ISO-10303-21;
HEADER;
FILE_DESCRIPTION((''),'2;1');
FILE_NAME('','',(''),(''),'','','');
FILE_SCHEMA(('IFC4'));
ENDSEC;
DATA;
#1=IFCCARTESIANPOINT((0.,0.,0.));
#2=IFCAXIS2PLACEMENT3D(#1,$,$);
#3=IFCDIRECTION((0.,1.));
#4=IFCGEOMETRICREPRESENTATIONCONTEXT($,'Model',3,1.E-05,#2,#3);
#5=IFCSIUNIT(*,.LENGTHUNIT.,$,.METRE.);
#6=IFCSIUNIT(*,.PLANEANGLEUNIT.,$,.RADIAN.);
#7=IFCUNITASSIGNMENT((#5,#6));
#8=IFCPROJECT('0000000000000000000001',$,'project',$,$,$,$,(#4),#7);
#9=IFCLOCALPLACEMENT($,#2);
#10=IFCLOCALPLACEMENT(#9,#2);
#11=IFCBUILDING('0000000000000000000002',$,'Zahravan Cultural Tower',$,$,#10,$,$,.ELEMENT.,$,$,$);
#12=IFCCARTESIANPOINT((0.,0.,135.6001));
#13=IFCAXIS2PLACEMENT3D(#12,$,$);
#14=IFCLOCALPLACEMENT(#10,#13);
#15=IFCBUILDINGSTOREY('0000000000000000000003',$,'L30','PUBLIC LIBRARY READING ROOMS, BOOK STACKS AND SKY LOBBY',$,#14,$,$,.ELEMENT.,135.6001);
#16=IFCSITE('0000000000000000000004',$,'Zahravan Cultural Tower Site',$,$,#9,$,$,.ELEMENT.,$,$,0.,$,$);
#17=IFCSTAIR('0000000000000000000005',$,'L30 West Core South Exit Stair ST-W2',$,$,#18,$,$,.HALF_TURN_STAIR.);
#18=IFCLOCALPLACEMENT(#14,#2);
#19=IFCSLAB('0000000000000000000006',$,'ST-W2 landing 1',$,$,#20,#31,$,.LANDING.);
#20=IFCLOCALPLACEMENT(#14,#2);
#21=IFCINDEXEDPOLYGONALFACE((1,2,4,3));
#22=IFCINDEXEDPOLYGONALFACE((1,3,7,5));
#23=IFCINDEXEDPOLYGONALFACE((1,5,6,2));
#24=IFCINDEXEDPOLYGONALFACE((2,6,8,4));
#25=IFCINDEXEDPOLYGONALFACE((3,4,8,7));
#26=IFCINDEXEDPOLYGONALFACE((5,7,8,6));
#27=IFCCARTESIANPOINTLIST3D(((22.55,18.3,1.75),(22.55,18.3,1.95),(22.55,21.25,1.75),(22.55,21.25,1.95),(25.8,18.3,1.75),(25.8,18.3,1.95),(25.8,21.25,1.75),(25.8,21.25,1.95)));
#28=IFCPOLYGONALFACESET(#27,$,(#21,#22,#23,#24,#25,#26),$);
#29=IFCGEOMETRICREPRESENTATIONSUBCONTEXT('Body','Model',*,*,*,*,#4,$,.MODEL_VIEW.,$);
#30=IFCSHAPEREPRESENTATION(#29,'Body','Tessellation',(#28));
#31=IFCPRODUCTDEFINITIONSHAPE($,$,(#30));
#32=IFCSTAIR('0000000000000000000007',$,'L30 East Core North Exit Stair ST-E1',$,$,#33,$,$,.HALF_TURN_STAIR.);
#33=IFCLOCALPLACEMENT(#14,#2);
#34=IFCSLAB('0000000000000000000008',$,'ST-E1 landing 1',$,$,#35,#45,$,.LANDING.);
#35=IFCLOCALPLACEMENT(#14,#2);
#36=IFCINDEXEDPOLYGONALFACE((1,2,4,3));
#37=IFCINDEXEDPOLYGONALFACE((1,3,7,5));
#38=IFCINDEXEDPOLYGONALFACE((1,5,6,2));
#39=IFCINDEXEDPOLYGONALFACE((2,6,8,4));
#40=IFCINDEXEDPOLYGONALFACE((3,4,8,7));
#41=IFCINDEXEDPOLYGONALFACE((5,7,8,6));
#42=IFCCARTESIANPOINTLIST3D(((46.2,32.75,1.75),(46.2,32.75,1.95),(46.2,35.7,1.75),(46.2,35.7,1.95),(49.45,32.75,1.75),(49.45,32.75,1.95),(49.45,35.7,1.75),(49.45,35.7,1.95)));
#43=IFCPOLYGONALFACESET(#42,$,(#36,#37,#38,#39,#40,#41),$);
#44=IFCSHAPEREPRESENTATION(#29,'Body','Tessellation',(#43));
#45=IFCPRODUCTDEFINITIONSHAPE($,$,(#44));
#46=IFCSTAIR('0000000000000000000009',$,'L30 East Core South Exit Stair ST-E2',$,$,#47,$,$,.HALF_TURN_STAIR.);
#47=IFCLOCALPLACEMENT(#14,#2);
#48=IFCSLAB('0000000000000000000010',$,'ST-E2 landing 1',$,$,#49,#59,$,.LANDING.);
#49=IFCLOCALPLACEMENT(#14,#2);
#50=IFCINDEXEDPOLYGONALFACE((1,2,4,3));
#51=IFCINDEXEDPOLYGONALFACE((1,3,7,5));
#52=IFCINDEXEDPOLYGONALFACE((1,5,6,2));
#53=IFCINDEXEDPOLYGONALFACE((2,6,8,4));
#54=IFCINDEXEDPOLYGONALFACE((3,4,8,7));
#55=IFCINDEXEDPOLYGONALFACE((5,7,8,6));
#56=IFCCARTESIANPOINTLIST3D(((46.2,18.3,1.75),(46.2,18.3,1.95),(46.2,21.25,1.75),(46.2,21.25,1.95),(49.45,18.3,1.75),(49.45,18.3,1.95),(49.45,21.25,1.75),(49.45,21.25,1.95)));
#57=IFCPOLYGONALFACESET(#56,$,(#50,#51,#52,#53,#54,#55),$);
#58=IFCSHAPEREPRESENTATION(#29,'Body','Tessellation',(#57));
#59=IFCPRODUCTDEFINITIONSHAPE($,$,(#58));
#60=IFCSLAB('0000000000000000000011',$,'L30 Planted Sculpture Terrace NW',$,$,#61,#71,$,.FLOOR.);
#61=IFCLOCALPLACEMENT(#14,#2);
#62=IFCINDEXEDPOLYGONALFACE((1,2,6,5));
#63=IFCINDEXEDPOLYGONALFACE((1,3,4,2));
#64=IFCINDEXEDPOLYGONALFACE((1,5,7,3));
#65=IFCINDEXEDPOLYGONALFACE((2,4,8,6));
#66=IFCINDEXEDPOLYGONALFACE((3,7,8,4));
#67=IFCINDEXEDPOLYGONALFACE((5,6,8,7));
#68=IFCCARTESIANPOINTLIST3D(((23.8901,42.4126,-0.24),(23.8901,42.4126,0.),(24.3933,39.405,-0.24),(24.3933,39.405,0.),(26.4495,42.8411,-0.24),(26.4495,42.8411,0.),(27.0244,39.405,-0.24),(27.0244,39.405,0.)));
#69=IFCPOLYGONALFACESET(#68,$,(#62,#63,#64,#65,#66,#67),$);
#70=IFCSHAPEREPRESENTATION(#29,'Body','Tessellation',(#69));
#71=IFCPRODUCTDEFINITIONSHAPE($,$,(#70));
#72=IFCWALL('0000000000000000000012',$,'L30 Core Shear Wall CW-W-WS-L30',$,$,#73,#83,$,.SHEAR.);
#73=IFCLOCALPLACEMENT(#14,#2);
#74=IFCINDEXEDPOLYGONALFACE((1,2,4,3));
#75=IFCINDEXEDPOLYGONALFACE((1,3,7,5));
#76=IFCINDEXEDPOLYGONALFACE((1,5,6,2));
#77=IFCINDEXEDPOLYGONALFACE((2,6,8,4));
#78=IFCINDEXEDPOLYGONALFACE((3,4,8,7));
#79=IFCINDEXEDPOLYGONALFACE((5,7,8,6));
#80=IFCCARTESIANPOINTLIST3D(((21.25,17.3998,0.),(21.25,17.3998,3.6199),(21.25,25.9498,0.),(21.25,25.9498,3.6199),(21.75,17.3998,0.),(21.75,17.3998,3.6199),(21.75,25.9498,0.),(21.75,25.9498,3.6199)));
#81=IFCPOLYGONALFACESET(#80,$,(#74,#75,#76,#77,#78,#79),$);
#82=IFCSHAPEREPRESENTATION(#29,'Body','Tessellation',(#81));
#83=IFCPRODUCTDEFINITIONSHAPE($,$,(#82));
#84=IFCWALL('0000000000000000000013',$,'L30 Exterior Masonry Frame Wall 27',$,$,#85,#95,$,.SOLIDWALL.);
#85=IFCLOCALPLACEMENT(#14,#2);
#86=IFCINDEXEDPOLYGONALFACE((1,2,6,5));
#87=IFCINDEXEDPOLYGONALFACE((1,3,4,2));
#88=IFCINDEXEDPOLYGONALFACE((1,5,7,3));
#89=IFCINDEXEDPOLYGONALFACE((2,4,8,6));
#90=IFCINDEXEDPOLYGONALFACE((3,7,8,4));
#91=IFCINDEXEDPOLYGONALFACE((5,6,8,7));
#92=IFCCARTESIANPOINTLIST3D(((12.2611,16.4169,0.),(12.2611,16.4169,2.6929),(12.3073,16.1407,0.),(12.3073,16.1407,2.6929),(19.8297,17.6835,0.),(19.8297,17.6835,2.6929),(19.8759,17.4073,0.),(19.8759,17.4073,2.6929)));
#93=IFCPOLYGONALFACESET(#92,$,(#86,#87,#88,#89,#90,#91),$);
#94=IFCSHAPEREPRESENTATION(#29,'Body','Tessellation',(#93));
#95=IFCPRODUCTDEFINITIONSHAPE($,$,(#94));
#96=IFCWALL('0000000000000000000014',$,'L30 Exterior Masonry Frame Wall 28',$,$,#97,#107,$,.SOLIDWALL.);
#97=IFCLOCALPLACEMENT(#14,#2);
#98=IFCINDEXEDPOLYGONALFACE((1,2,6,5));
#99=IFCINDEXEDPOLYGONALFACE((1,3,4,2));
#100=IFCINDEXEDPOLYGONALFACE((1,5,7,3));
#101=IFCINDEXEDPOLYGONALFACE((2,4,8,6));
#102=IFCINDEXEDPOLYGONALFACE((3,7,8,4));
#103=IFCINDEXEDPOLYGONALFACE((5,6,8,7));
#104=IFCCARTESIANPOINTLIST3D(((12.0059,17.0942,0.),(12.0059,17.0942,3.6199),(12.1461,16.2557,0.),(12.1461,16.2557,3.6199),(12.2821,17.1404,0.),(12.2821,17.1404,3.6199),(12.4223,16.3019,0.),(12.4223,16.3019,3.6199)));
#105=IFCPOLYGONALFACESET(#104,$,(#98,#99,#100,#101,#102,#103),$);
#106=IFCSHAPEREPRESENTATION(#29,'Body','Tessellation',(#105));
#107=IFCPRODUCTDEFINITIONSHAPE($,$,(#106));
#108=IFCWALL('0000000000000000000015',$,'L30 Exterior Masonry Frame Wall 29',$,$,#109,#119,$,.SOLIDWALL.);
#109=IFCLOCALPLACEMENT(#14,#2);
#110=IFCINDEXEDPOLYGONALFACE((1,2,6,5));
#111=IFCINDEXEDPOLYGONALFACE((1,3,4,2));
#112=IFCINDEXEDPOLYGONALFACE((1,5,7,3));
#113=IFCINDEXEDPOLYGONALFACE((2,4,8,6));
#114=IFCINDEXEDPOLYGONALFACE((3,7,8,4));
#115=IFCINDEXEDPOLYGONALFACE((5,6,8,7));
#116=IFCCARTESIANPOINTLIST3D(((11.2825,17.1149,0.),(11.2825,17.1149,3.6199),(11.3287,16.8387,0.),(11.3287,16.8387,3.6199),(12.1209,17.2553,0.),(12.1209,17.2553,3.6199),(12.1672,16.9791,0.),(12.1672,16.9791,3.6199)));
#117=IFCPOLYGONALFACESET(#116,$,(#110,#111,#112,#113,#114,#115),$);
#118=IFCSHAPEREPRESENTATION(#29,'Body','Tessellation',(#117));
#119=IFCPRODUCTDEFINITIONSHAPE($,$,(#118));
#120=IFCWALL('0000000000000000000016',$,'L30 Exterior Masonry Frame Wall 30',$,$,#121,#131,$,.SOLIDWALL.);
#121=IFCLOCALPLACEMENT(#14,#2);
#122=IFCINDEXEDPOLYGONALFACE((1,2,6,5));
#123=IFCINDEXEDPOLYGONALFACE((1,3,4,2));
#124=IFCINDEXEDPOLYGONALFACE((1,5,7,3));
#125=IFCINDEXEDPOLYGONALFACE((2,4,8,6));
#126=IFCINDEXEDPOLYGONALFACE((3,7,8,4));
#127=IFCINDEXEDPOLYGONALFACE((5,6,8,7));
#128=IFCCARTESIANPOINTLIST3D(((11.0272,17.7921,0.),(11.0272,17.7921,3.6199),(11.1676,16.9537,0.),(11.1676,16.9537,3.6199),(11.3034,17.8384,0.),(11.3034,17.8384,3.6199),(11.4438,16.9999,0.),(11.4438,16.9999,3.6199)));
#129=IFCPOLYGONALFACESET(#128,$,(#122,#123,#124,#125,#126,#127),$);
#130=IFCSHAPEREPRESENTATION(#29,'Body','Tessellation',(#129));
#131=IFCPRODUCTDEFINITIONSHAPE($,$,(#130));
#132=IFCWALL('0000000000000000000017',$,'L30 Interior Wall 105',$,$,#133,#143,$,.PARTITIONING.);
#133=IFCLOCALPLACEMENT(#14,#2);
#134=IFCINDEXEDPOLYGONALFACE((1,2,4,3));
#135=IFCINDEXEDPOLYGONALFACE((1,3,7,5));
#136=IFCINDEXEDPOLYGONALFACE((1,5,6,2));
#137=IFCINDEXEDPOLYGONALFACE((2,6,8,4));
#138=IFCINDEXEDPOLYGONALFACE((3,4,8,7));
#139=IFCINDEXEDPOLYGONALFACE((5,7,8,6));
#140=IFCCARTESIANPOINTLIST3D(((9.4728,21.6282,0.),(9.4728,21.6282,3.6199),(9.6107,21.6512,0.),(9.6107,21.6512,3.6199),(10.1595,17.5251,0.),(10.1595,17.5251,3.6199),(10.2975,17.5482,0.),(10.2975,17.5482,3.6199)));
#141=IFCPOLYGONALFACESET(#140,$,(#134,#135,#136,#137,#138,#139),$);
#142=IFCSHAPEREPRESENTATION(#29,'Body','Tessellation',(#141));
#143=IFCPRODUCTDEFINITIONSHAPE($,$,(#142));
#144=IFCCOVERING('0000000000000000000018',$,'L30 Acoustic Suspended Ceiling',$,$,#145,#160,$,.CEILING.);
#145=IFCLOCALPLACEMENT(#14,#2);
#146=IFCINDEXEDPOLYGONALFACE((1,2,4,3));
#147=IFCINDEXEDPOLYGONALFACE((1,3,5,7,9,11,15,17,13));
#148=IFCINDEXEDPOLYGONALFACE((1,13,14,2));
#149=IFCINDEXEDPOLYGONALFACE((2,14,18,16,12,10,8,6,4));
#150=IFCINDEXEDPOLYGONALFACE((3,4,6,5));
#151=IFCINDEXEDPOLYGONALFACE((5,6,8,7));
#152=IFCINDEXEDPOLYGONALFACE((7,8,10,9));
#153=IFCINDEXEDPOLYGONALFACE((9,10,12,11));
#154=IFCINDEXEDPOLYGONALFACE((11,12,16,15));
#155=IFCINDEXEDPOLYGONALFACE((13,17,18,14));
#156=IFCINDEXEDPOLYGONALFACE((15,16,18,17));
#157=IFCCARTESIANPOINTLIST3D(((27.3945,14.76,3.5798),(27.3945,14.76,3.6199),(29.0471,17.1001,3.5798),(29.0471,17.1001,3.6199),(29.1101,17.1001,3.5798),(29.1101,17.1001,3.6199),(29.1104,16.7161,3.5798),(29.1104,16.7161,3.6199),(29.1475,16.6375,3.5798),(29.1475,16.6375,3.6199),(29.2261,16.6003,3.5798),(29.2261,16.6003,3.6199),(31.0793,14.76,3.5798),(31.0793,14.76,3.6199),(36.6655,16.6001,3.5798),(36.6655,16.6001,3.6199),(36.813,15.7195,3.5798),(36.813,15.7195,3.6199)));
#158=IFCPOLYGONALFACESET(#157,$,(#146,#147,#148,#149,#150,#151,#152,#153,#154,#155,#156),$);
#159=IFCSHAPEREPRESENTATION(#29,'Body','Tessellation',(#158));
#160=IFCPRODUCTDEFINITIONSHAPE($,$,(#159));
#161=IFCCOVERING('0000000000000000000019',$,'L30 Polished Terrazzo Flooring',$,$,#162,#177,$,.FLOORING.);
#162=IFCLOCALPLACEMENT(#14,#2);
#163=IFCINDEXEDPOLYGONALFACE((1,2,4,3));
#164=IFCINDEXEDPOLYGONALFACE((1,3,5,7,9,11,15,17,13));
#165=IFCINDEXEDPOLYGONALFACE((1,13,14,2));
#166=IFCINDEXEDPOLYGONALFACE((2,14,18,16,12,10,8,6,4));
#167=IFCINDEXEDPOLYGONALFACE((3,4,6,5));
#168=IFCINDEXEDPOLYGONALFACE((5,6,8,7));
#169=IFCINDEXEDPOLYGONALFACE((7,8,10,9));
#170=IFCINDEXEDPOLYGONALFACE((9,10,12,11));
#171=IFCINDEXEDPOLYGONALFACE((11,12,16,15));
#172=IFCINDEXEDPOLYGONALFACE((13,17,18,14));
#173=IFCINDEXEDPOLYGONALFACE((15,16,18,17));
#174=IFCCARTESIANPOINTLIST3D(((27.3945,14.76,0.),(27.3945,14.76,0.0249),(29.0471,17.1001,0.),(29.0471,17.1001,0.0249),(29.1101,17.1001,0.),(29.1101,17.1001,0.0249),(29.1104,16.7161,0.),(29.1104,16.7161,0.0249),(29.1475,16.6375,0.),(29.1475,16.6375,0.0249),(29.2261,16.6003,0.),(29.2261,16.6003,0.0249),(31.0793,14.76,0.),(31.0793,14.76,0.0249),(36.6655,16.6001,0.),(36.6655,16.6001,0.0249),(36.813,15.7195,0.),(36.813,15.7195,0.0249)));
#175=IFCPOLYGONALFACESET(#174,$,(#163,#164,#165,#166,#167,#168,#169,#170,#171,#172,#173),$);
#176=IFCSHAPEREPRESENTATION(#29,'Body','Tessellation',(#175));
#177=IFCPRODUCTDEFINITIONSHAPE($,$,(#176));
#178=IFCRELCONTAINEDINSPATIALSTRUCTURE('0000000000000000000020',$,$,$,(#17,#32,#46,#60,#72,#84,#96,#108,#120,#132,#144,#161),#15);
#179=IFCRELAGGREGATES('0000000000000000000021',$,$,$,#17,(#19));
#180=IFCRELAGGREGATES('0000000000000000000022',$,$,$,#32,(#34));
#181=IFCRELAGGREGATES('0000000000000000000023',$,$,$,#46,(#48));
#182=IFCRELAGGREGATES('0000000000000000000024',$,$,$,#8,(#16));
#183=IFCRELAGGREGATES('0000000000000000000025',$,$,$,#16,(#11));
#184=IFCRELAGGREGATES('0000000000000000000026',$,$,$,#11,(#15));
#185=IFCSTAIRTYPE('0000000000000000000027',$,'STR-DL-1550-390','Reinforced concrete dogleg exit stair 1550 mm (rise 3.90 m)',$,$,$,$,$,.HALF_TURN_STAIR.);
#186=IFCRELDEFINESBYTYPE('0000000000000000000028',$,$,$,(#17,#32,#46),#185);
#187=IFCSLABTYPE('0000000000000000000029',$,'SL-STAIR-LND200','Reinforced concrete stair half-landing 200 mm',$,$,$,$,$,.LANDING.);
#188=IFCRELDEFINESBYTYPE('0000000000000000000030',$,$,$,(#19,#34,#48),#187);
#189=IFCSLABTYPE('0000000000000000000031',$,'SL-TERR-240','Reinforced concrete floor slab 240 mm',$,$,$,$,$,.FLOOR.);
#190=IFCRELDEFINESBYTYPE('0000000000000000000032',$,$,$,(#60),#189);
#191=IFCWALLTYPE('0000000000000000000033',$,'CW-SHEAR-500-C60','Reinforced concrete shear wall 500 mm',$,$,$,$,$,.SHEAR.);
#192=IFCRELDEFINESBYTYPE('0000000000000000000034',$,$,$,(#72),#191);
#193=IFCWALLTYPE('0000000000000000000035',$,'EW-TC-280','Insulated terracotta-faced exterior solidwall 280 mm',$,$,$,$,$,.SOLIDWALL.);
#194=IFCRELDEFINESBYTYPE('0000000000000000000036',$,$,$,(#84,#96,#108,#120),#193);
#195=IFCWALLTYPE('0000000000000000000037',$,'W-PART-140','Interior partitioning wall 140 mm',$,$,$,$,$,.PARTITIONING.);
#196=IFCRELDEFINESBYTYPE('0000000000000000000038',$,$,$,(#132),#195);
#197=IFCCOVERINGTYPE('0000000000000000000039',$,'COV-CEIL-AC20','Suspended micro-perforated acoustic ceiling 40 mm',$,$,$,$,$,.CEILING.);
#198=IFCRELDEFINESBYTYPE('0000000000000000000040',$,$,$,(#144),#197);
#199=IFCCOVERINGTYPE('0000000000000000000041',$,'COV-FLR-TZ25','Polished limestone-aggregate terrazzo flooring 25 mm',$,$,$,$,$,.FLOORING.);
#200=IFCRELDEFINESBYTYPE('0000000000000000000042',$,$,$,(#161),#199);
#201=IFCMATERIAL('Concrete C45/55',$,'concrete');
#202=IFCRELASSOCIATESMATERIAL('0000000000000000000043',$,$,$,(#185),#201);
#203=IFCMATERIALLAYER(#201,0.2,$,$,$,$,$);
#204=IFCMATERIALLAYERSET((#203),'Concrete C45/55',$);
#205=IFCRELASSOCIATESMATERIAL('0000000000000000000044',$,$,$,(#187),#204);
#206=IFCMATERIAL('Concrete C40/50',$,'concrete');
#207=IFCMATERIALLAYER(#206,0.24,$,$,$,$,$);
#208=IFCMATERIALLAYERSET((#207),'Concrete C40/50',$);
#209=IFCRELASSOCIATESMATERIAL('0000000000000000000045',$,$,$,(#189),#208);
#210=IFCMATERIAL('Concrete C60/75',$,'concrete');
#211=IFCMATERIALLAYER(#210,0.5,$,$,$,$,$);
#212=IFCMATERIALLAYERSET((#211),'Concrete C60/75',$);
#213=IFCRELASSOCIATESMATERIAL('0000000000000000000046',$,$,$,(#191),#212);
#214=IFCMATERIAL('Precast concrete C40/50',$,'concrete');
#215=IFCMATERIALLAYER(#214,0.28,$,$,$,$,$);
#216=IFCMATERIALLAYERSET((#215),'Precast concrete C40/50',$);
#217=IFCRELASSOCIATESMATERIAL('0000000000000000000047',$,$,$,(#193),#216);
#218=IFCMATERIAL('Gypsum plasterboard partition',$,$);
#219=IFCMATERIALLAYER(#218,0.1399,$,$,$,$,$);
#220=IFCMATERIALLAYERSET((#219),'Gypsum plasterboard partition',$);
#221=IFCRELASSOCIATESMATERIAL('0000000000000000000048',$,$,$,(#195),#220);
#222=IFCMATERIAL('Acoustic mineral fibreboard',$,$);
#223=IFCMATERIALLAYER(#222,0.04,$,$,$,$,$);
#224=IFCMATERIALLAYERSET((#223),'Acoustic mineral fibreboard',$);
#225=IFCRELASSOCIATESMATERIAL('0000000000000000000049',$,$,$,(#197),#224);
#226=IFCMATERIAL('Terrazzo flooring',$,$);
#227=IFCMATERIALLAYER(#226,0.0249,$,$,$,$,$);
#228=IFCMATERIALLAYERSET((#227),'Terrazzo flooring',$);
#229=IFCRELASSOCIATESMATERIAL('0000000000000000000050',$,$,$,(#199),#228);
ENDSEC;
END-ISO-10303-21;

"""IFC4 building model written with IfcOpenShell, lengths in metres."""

from ifc_helpers import new_model, si_unit, direction, frame, frame_2d, origin, place, context, subcontext, project, spatial, polyline, rectangle, outline, extrude, source, transform, mapped, material, layer, layer_set, type_object, element, aggregate, save


model = new_model("IFC4")

# Units and contexts
model_context = context("Model", 3, precision=1e-05, world=origin(), true_north=direction((0.0, 1.0)))
body_context = subcontext(model_context, "Body", "Model", "MODEL_VIEW")
ifc_project = project(units=[si_unit("LENGTHUNIT", "METRE"), si_unit("PLANEANGLEUNIT", "RADIAN")], contexts=[model_context])

# Site, building, storey
site_placement = place(None, origin())
site = spatial("IfcSite", under=ifc_project, at=site_placement, Name="Zahravan Cultural Tower Site", CompositionType="ELEMENT", RefElevation=0.0)
building_placement = place(site_placement, origin())
building = spatial("IfcBuilding", under=site, at=building_placement, Name="Zahravan Cultural Tower", CompositionType="ELEMENT")
storey_placement = place(building_placement, frame((0.0, 0.0, 135.6001)))
storey = spatial("IfcBuildingStorey", under=building, at=storey_placement, Name="L30", Description="PUBLIC LIBRARY READING ROOMS, BOOK STACKS AND SKY LOBBY", CompositionType="ELEMENT", Elevation=135.6001)

# Shared definitions
ifc_material_1 = material(Name="Concrete C45/55", Category="concrete")

# Stairs, slabs
stair_type = type_object("IfcStairType", Name="STR-DL-1550-390", Description="Reinforced concrete dogleg exit stair 1550 mm (rise 3.90 m)", PredefinedType="HALF_TURN_STAIR", material=ifc_material_1)
ifc_layer_1 = layer(ifc_material_1, 0.2)
ifc_layer_set_1 = layer_set([ifc_layer_1], Name="Concrete C45/55")
slab_type_1 = type_object("IfcSlabType", Name="SL-STAIR-LND200", Description="Reinforced concrete stair half-landing 200 mm", PredefinedType="LANDING", material=ifc_layer_set_1)
stair_1_placement = place(storey_placement, origin())
stair_1 = element("IfcStair", 1, at=stair_1_placement, inside=storey, type_object=stair_type, Name="L30 West Core South Exit Stair ST-W2", PredefinedType="HALF_TURN_STAIR")
slab_1_placement = place(storey_placement, frame((0.0, 0.0, 1.75)))
slab_1 = element("IfcSlab", 2, at=slab_1_placement, type_object=slab_type_1, Name="ST-W2 landing 1", PredefinedType="LANDING", context=body_context, shape_type="SweptSolid", body=[
    extrude(outline(polyline([(22.55, 21.25), (22.55, 18.3), (25.8, 18.3), (25.8, 21.25), (22.55, 21.25)])), origin(), (0.0, 0.0, 1.0), 0.2),
])
aggregate(stair_1, [slab_1])
stair_2_placement = place(storey_placement, origin())
stair_2 = element("IfcStair", 3, at=stair_2_placement, inside=storey, type_object=stair_type, Name="L30 East Core North Exit Stair ST-E1", PredefinedType="HALF_TURN_STAIR")
slab_2_placement = place(storey_placement, frame((0.0, 0.0, 1.75)))
slab_2 = element("IfcSlab", 4, at=slab_2_placement, type_object=slab_type_1, Name="ST-E1 landing 1", PredefinedType="LANDING", context=body_context, shape_type="SweptSolid", body=[
    extrude(outline(polyline([(49.45, 32.75), (49.45, 35.7), (46.2, 35.7), (46.2, 32.75), (49.45, 32.75)])), origin(), (0.0, 0.0, 1.0), 0.2),
])
aggregate(stair_2, [slab_2])
stair_3_placement = place(storey_placement, origin())
stair_3 = element("IfcStair", 5, at=stair_3_placement, inside=storey, type_object=stair_type, Name="L30 East Core South Exit Stair ST-E2", PredefinedType="HALF_TURN_STAIR")
slab_3_placement = place(storey_placement, frame((0.0, 0.0, 1.75)))
slab_3 = element("IfcSlab", 6, at=slab_3_placement, type_object=slab_type_1, Name="ST-E2 landing 1", PredefinedType="LANDING", context=body_context, shape_type="SweptSolid", body=[
    extrude(outline(polyline([(46.2, 21.25), (46.2, 18.3), (49.45, 18.3), (49.45, 21.25), (46.2, 21.25)])), origin(), (0.0, 0.0, 1.0), 0.2),
])
aggregate(stair_3, [slab_3])

# Slab
ifc_material_2 = material(Name="Concrete C40/50", Category="concrete")
ifc_layer_2 = layer(ifc_material_2, 0.24)
ifc_layer_set_2 = layer_set([ifc_layer_2], Name="Concrete C40/50")
slab_type_2 = type_object("IfcSlabType", Name="SL-TERR-240", Description="Reinforced concrete floor slab 240 mm", PredefinedType="FLOOR", material=ifc_layer_set_2)
slab_4_placement = place(storey_placement, frame((0.0, 0.0, -0.24)))
element("IfcSlab", 7, at=slab_4_placement, inside=storey, type_object=slab_type_2, Name="L30 Planted Sculpture Terrace NW", PredefinedType="FLOOR", context=body_context, shape_type="SweptSolid", body=[
    extrude(outline(polyline([(23.8901, 42.4126), (24.3933, 39.405), (27.0244, 39.405), (26.4495, 42.8411), (23.8901, 42.4126)])), origin(), (0.0, 0.0, 1.0), 0.24),
])

# Walls
ifc_material_3 = material(Name="Concrete C60/75", Category="concrete")
ifc_layer_3 = layer(ifc_material_3, 0.5)
ifc_layer_set_3 = layer_set([ifc_layer_3], Name="Concrete C60/75")
wall_type_1 = type_object("IfcWallType", Name="CW-SHEAR-500-C60", Description="Reinforced concrete shear wall 500 mm", PredefinedType="SHEAR", material=ifc_layer_set_3)
shared_shape_1 = source(origin(), body_context, "Body", "SweptSolid", [
    extrude(rectangle(XDim=8.55, YDim=0.5, at=frame_2d((4.2749, 0.0))), origin(), (0.0, 0.0, 1.0), 3.6199),
])
wall_1_placement = place(storey_placement, frame((21.5, 17.3999, 0.0), z_axis=(0.0, 0.0, 1.0), x_axis=(0.0, 1.0, 0.0)))
element("IfcWall", 8, at=wall_1_placement, inside=storey, type_object=wall_type_1, Name="L30 Core Shear Wall CW-W-WS-L30", PredefinedType="SHEAR", context=body_context, shape_type="MappedRepresentation", body=[
    mapped(shared_shape_1, transform((0.0, 0.0, 0.0), x_axis=(1.0, 0.0, 0.0), y_axis=(0.0, 1.0, 0.0), z_axis=(0.0, 0.0, 1.0), scale=1.0)),
])
ifc_material_4 = material(Name="Precast concrete C40/50", Category="concrete")
ifc_layer_4 = layer(ifc_material_4, 0.28)
ifc_layer_set_4 = layer_set([ifc_layer_4], Name="Precast concrete C40/50")
wall_type_2 = type_object("IfcWallType", Name="EW-TC-280", Description="Insulated terracotta-faced exterior solidwall 280 mm", PredefinedType="SOLIDWALL", material=ifc_layer_set_4)
shared_shape_2 = source(origin(), body_context, "Body", "SweptSolid", [
    extrude(rectangle(XDim=7.6738, YDim=0.28, at=frame_2d((3.8369, 0.0))), origin(), (0.0, 0.0, 1.0), 2.6929),
])
wall_2_placement = place(storey_placement, frame((19.8528, 17.5454, 0.0), z_axis=(0.0, 0.0, 1.0), x_axis=(-0.986285, -0.165054, 0.0)))
element("IfcWall", 9, at=wall_2_placement, inside=storey, type_object=wall_type_2, Name="L30 Exterior Masonry Frame Wall 27", PredefinedType="SOLIDWALL", context=body_context, shape_type="MappedRepresentation", body=[
    mapped(shared_shape_2, transform((0.0, 0.0, 0.0), x_axis=(1.0, 0.0, 0.0), y_axis=(0.0, 1.0, 0.0), z_axis=(0.0, 0.0, 1.0), scale=1.0)),
])
shared_shape_3 = source(origin(), body_context, "Body", "SweptSolid", [
    extrude(rectangle(XDim=0.8501, YDim=0.28, at=frame_2d((0.425, 0.0))), origin(), (0.0, 0.0, 1.0), 3.6199),
])
for number, where, z_axis, x_axis, name in (
    (10, (12.2842, 16.2788, 0.0), (0.0, 0.0, 1.0), (-0.164865, 0.986316, 0.0), "L30 Exterior Masonry Frame Wall 28"),
    (11, (12.144, 17.1172, 0.0), (0.0, 0.0, 1.0), (-0.986269, -0.165144, 0.0), "L30 Exterior Masonry Frame Wall 29"),
    (12, (11.3057, 16.9768, 0.0), (0.0, 0.0, 1.0), (-0.165144, 0.986269, 0.0), "L30 Exterior Masonry Frame Wall 30"),
):
    element("IfcWall", number, at=place(storey_placement, frame(where, z_axis=z_axis, x_axis=x_axis)), inside=storey, type_object=wall_type_2, Name=name, PredefinedType="SOLIDWALL", context=body_context, shape_type="MappedRepresentation", body=[
        mapped(shared_shape_3, transform((0.0, 0.0, 0.0), x_axis=(1.0, 0.0, 0.0), y_axis=(0.0, 1.0, 0.0), z_axis=(0.0, 0.0, 1.0), scale=1.0)),
    ])
ifc_material_5 = material(Name="Gypsum plasterboard partition")
ifc_layer_5 = layer(ifc_material_5, 0.1399)
ifc_layer_set_5 = layer_set([ifc_layer_5], Name="Gypsum plasterboard partition")
wall_type_3 = type_object("IfcWallType", Name="W-PART-140", Description="Interior partitioning wall 140 mm", PredefinedType="PARTITIONING", material=ifc_layer_set_5)
shared_shape_4 = source(origin(), body_context, "Body", "SweptSolid", [
    extrude(rectangle(XDim=4.1602, YDim=0.1399, at=frame_2d((2.0801, 0.0))), origin(), (0.0, 0.0, 1.0), 3.6199),
])
wall_3_placement = place(storey_placement, frame((10.2285, 17.5366, 0.0), z_axis=(0.0, 0.0, 1.0), x_axis=(-0.165084, 0.986279, 0.0)))
element("IfcWall", 13, at=wall_3_placement, inside=storey, type_object=wall_type_3, Name="L30 Interior Wall 105", PredefinedType="PARTITIONING", context=body_context, shape_type="MappedRepresentation", body=[
    mapped(shared_shape_4, transform((0.0, 0.0, 0.0), x_axis=(1.0, 0.0, 0.0), y_axis=(0.0, 1.0, 0.0), z_axis=(0.0, 0.0, 1.0), scale=1.0)),
])

# Coverings
ifc_material_6 = material(Name="Acoustic mineral fibreboard")
ifc_layer_6 = layer(ifc_material_6, 0.04)
ifc_layer_set_6 = layer_set([ifc_layer_6], Name="Acoustic mineral fibreboard")
covering_type_1 = type_object("IfcCoveringType", Name="COV-CEIL-AC20", Description="Suspended micro-perforated acoustic ceiling 40 mm", PredefinedType="CEILING", material=ifc_layer_set_6)
covering_1_placement = place(storey_placement, frame((0.0, 0.0, 3.5798)))
element("IfcCovering", 14, at=covering_1_placement, inside=storey, type_object=covering_type_1, Name="L30 Acoustic Suspended Ceiling", PredefinedType="CEILING", context=body_context, shape_type="SweptSolid", body=[
    extrude(outline(polyline([(27.3945, 14.76), (31.0793, 14.76), (36.813, 15.7195), (36.6655, 16.6001), (29.2261, 16.6003), (29.1475, 16.6375), (29.1104, 16.7161), (29.1101, 17.1001), (29.0471, 17.1001), (27.3945, 14.76)])), origin(), (0.0, 0.0, 1.0), 0.04),
])
ifc_material_7 = material(Name="Terrazzo flooring")
ifc_layer_7 = layer(ifc_material_7, 0.0249)
ifc_layer_set_7 = layer_set([ifc_layer_7], Name="Terrazzo flooring")
covering_type_2 = type_object("IfcCoveringType", Name="COV-FLR-TZ25", Description="Polished limestone-aggregate terrazzo flooring 25 mm", PredefinedType="FLOORING", material=ifc_layer_set_7)
covering_2_placement = place(storey_placement, origin())
element("IfcCovering", 15, at=covering_2_placement, inside=storey, type_object=covering_type_2, Name="L30 Polished Terrazzo Flooring", PredefinedType="FLOORING", context=body_context, shape_type="SweptSolid", body=[
    extrude(outline(polyline([(27.3945, 14.76), (31.0793, 14.76), (36.813, 15.7195), (36.6655, 16.6001), (29.2261, 16.6003), (29.1475, 16.6375), (29.1104, 16.7161), (29.1101, 17.1001), (29.0471, 17.1001), (27.3945, 14.76)])), origin(), (0.0, 0.0, 1.0), 0.0249),
])

save(model, "model.ifc")
